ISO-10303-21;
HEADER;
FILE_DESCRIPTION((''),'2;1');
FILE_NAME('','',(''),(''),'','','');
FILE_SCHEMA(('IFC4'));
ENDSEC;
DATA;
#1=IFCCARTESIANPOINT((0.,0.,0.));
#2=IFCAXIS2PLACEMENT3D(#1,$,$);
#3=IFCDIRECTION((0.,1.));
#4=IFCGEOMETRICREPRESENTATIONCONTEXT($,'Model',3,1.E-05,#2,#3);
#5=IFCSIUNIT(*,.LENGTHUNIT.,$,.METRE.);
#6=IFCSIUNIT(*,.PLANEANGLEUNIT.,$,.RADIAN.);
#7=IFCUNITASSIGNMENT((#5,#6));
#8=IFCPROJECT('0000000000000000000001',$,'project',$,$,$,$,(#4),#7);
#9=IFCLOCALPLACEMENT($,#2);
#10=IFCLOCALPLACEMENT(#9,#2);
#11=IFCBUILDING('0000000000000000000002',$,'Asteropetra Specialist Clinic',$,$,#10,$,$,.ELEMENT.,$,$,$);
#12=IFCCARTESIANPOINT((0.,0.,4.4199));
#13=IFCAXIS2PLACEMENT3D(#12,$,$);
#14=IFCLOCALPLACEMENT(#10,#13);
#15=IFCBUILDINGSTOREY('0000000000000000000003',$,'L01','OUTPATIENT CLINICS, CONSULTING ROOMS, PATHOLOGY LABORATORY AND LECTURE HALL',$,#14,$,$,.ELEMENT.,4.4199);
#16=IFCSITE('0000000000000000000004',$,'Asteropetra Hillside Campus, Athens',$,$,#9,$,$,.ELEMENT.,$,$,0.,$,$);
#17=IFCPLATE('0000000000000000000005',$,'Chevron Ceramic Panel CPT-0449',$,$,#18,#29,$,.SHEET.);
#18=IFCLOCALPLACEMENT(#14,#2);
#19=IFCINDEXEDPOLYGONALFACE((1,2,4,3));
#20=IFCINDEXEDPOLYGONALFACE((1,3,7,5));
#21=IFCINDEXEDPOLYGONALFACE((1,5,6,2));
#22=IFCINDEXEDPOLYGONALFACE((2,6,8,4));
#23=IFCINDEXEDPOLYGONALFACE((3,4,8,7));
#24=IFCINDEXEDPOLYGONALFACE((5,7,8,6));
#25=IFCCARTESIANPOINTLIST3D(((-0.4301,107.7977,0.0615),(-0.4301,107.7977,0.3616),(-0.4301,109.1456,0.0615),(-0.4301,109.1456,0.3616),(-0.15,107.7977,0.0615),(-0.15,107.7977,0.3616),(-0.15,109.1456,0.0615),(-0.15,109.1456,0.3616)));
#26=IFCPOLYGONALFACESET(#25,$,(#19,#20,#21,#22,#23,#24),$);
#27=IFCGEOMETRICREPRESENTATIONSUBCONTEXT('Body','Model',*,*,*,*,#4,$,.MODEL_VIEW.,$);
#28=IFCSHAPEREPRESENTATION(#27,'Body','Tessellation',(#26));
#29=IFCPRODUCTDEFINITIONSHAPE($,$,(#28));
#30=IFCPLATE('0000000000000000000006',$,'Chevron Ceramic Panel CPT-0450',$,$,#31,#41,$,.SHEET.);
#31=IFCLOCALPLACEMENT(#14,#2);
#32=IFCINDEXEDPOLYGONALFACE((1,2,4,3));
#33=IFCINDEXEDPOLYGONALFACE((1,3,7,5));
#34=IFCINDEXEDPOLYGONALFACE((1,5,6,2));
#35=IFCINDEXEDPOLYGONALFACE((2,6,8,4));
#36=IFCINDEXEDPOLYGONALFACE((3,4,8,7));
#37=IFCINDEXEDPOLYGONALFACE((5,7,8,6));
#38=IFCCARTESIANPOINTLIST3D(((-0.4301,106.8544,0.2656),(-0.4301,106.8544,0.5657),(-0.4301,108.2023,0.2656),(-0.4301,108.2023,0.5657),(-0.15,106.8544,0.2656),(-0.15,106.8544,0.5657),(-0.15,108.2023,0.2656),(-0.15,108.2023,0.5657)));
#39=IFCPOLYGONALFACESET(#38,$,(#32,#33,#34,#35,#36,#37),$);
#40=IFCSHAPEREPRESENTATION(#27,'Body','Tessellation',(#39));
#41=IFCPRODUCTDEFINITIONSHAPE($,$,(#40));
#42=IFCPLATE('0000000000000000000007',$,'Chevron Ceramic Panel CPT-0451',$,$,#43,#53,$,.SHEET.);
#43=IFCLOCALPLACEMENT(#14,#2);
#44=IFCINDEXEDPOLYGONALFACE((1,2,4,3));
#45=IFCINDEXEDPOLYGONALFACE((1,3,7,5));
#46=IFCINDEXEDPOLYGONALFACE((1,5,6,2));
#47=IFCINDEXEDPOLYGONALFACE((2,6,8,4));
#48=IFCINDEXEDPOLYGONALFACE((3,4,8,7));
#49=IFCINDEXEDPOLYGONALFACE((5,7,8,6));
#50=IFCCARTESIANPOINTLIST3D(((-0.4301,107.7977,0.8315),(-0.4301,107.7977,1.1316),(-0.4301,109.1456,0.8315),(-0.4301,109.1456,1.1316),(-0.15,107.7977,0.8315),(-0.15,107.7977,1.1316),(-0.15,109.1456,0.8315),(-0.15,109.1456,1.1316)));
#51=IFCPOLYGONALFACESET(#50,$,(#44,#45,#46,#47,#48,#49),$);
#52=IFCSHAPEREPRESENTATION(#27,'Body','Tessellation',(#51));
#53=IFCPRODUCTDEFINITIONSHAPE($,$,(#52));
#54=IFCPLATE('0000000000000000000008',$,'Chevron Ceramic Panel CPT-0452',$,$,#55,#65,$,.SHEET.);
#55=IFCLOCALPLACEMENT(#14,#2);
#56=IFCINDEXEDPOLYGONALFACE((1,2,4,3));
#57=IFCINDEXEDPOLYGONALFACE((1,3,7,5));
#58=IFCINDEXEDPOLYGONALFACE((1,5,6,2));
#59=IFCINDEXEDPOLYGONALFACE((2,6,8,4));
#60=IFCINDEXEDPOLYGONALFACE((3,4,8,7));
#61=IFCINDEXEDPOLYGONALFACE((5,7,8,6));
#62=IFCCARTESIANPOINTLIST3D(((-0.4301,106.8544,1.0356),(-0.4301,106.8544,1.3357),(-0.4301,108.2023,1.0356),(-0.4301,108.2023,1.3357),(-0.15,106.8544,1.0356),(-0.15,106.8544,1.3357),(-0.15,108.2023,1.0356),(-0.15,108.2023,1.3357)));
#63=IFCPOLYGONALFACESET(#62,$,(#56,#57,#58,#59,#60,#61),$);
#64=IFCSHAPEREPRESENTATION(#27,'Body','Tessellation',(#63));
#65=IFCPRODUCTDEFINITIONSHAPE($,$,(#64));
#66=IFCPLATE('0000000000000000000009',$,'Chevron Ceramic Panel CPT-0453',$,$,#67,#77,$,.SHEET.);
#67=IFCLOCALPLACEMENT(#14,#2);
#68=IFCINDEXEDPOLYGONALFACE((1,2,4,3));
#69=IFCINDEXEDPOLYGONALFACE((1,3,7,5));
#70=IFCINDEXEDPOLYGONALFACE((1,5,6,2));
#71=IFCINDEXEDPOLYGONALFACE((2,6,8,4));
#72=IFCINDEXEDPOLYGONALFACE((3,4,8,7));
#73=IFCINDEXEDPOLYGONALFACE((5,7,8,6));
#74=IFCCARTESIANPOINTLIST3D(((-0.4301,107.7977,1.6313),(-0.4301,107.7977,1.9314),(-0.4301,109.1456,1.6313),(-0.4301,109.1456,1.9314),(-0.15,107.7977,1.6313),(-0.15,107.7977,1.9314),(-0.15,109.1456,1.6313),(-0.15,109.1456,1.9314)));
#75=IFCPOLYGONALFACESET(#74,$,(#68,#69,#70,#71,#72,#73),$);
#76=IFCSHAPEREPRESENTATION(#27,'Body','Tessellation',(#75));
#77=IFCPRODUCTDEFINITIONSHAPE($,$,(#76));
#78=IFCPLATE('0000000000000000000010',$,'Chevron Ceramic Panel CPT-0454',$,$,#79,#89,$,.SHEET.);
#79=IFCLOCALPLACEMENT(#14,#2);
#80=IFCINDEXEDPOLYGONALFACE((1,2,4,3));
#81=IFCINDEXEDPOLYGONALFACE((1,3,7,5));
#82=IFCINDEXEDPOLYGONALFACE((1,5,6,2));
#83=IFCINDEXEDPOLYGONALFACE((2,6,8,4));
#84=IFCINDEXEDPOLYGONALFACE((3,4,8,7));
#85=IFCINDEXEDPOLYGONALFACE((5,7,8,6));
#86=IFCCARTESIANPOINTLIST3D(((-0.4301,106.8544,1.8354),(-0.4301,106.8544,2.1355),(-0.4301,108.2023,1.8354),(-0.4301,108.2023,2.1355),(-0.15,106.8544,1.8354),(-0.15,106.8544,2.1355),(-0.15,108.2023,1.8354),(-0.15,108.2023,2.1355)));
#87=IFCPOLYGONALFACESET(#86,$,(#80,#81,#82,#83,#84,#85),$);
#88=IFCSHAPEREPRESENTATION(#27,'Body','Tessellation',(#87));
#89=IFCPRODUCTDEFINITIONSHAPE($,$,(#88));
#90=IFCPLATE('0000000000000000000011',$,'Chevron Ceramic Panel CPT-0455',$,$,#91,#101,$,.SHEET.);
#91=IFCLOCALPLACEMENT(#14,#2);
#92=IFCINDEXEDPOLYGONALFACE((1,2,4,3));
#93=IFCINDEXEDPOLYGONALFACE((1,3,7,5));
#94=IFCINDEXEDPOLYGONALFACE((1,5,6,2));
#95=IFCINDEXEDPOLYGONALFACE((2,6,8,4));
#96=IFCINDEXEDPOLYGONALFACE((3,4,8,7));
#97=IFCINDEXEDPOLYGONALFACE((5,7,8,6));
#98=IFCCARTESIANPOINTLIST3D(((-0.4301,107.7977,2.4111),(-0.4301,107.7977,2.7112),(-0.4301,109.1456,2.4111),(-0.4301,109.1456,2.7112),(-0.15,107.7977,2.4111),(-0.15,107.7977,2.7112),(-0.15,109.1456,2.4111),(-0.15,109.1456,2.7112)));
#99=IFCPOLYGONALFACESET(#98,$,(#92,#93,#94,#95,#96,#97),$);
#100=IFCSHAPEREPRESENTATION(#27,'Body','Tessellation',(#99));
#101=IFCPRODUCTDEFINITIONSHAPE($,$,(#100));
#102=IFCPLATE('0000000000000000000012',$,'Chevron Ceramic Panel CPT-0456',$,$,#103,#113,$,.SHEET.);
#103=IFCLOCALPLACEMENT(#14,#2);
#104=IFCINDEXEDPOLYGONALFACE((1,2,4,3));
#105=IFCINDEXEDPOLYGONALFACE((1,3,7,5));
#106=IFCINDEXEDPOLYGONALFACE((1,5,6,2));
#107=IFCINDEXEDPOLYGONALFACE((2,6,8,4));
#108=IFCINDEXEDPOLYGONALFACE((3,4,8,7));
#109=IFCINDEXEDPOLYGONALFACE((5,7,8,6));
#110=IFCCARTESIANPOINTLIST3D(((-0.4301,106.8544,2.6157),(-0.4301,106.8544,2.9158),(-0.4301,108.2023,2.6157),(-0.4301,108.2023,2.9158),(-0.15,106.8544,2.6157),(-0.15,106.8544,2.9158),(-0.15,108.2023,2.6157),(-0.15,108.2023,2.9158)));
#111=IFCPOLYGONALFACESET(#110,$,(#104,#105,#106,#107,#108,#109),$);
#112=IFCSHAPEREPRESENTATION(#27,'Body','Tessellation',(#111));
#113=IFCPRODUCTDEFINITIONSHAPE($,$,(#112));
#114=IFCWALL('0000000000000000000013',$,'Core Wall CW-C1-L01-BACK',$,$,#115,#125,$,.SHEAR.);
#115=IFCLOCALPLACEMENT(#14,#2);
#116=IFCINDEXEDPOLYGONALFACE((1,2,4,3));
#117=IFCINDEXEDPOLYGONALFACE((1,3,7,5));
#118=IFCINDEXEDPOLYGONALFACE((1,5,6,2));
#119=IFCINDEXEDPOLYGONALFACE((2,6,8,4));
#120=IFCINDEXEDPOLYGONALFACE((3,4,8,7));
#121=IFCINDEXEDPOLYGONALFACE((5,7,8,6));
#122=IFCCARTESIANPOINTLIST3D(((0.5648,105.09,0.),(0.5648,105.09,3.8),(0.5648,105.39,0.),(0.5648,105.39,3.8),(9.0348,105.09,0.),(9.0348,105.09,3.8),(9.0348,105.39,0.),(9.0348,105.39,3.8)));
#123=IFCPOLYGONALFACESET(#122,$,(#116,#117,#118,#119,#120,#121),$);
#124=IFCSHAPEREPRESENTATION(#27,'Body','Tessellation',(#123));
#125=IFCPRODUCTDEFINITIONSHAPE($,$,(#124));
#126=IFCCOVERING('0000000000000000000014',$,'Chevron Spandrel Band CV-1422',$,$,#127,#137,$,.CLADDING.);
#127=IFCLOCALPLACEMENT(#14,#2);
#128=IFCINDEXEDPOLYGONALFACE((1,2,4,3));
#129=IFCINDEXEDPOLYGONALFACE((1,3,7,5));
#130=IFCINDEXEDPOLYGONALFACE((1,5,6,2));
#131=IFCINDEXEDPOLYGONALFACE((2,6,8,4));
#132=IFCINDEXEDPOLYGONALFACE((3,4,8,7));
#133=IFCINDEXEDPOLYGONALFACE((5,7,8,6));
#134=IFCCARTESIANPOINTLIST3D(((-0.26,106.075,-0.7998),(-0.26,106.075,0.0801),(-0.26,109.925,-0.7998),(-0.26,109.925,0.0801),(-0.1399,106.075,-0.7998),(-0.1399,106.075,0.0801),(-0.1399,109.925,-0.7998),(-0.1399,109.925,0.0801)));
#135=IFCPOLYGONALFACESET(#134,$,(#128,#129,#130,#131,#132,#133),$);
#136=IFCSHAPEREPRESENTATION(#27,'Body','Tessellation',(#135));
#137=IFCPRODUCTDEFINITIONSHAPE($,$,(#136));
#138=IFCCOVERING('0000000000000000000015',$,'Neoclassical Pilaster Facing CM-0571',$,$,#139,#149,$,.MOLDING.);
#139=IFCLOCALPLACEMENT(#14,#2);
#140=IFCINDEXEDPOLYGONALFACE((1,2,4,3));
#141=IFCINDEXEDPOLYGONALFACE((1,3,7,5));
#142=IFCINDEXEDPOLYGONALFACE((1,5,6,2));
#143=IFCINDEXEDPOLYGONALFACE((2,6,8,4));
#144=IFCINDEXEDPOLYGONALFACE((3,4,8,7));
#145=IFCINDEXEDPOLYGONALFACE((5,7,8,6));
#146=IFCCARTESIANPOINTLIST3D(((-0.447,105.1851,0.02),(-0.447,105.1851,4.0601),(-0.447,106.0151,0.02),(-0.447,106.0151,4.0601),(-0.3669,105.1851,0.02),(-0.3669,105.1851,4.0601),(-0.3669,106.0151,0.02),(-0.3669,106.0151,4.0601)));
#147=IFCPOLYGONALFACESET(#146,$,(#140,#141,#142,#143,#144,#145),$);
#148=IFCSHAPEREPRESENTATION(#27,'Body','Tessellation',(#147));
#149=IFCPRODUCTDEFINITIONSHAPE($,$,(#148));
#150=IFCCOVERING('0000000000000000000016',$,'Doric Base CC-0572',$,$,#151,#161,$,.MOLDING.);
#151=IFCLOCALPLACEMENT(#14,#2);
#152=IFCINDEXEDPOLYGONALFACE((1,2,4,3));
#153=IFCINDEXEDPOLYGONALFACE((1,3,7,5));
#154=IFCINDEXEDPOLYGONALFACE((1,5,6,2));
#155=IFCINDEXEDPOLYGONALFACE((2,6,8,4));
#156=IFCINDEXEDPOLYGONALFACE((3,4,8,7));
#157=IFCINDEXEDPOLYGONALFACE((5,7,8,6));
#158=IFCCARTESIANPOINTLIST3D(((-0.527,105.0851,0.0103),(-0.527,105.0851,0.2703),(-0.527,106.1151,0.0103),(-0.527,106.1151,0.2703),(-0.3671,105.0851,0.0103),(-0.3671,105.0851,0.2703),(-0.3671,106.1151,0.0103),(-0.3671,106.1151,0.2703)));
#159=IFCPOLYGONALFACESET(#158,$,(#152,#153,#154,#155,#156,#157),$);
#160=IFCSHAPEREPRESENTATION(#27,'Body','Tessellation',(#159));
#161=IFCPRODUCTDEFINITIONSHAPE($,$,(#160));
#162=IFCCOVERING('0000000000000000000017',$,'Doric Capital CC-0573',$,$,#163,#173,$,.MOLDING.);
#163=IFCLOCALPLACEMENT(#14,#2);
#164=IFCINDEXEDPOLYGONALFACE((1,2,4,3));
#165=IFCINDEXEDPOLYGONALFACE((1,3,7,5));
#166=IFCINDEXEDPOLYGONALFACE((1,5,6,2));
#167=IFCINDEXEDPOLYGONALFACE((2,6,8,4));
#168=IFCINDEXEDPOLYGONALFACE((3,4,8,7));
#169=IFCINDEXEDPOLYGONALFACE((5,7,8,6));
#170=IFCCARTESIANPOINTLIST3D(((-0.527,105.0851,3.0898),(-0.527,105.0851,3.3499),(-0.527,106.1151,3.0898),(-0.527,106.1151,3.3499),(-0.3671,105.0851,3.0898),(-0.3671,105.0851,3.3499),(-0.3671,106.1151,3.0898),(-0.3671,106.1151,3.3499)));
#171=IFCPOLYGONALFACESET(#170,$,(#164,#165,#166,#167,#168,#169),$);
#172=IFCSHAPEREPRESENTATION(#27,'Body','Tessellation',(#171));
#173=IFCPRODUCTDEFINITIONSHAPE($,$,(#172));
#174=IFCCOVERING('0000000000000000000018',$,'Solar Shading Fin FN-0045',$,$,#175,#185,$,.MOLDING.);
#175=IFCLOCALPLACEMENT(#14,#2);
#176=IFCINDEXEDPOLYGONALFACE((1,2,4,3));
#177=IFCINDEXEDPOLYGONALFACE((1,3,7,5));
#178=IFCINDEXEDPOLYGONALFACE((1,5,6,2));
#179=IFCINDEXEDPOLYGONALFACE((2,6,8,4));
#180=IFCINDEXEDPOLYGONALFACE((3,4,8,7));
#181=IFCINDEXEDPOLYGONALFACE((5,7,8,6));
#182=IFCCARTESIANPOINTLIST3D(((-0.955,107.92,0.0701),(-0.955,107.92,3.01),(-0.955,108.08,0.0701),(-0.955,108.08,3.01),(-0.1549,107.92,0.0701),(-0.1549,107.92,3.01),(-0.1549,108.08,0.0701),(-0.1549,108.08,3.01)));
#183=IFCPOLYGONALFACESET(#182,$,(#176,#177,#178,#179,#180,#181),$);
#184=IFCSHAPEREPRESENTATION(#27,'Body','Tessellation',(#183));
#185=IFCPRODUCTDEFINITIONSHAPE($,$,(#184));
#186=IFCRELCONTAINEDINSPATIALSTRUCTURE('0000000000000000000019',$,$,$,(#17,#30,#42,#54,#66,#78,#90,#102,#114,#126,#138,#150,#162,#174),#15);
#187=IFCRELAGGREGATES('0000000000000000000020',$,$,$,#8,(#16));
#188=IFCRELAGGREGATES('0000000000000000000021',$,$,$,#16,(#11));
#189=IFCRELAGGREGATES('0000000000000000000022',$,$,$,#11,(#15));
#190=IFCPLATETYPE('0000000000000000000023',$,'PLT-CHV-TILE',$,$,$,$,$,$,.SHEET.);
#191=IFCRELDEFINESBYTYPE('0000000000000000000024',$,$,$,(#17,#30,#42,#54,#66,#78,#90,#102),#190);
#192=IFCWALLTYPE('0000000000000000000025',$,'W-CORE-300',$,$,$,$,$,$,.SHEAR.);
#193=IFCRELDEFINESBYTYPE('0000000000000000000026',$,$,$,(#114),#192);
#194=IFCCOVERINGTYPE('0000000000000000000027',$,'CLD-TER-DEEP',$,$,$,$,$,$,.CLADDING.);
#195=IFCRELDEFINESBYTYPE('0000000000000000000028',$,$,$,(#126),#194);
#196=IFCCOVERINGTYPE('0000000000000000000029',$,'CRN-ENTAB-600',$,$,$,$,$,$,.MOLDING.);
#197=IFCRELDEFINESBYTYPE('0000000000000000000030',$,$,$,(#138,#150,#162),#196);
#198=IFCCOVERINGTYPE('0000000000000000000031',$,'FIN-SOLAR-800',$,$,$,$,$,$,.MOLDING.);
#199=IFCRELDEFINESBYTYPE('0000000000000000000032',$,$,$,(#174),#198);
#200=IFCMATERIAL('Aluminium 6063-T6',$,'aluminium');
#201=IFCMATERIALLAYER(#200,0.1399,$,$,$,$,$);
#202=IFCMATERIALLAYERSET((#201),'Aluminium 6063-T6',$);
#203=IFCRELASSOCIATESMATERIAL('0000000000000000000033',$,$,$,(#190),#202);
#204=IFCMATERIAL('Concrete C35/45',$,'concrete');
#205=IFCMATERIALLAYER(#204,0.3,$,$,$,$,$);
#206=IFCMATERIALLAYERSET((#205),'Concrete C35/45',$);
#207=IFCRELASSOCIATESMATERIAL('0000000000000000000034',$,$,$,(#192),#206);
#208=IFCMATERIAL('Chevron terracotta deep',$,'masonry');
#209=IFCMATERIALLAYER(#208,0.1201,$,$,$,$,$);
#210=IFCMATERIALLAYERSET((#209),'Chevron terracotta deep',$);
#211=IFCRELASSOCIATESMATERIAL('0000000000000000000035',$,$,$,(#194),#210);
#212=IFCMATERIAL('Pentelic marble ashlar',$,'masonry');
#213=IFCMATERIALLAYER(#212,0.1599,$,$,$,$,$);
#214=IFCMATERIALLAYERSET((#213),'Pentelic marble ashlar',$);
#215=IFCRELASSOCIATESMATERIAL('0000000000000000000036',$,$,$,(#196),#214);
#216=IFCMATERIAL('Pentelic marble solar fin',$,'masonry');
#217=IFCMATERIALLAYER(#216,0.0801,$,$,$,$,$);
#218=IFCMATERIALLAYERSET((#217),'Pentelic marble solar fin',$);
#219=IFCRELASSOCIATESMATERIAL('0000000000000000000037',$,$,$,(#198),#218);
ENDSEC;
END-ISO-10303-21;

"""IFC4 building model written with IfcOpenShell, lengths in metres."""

from ifc_helpers import new_model, si_unit, direction, frame, frame_2d, origin, origin_2d, place, context, subcontext, project, spatial, rectangle, extrude, material, layer, layer_set, type_object, element, save


model = new_model("IFC4")

# Units and contexts
model_context = context("Model", 3, precision=1e-05, world=origin(), true_north=direction((0.0, 1.0)))
body_context = subcontext(model_context, "Body", "Model", "MODEL_VIEW")
ifc_project = project(units=[si_unit("LENGTHUNIT", "METRE"), si_unit("PLANEANGLEUNIT", "RADIAN")], contexts=[model_context])

# Site, building, storey
site_placement = place(None, origin())
site = spatial("IfcSite", under=ifc_project, at=site_placement, Name="Asteropetra Hillside Campus, Athens", CompositionType="ELEMENT", RefElevation=0.0)
building_placement = place(site_placement, origin())
building = spatial("IfcBuilding", under=site, at=building_placement, Name="Asteropetra Specialist Clinic", CompositionType="ELEMENT")
storey_placement = place(building_placement, frame((0.0, 0.0, 4.4199)))
storey = spatial("IfcBuildingStorey", under=building, at=storey_placement, Name="L01", Description="OUTPATIENT CLINICS, CONSULTING ROOMS, PATHOLOGY LABORATORY AND LECTURE HALL", CompositionType="ELEMENT", Elevation=4.4199)

# Plates
ifc_material_1 = material(Name="Aluminium 6063-T6", Category="aluminium")
ifc_layer_1 = layer(ifc_material_1, 0.1399)
ifc_layer_set_1 = layer_set([ifc_layer_1], Name="Aluminium 6063-T6")
plate_type_1 = type_object("IfcPlateType", Name="PLT-CHV-TILE", PredefinedType="SHEET", material=ifc_layer_set_1)
for number, where, z_axis, x_axis, name in (
    (1, (-0.29, 108.4717, 0.0615), (0.0, 0.0, 1.0), (1.0, 0.0, 0.0), "Chevron Ceramic Panel CPT-0449"),
    (2, (-0.29, 107.5283, 0.2656), (0.0, 0.0, 1.0), (1.0, 0.0, 0.0), "Chevron Ceramic Panel CPT-0450"),
    (3, (-0.29, 108.4717, 0.8315), (0.0, 0.0, 1.0), (1.0, 0.0, 0.0), "Chevron Ceramic Panel CPT-0451"),
    (4, (-0.29, 107.5283, 1.0356), (0.0, 0.0, 1.0), (1.0, 0.0, 0.0), "Chevron Ceramic Panel CPT-0452"),
    (5, (-0.29, 108.4717, 1.6313), (0.0, 0.0, 1.0), (1.0, 0.0, 0.0), "Chevron Ceramic Panel CPT-0453"),
    (6, (-0.29, 107.5283, 1.8354), (0.0, 0.0, 1.0), (1.0, 0.0, 0.0), "Chevron Ceramic Panel CPT-0454"),
    (7, (-0.29, 108.4717, 2.4111), (0.0, 0.0, 1.0), (1.0, 0.0, 0.0), "Chevron Ceramic Panel CPT-0455"),
    (8, (-0.29, 107.5283, 2.6157), (0.0, 0.0, 1.0), (1.0, 0.0, 0.0), "Chevron Ceramic Panel CPT-0456"),
):
    element("IfcPlate", number, at=place(storey_placement, frame(where, z_axis=z_axis, x_axis=x_axis)), inside=storey, type_object=plate_type_1, Name=name, PredefinedType="SHEET", context=body_context, shape_type="SweptSolid", body=[
        extrude(rectangle(XDim=0.28, YDim=1.3479, at=origin_2d()), origin(), (0.0, 0.0, 1.0), 0.3),
    ])

# Wall
ifc_material_2 = material(Name="Concrete C35/45", Category="concrete")
ifc_layer_2 = layer(ifc_material_2, 0.3)
ifc_layer_set_2 = layer_set([ifc_layer_2], Name="Concrete C35/45")
wall_type = type_object("IfcWallType", Name="W-CORE-300", PredefinedType="SHEAR", material=ifc_layer_set_2)
wall_placement = place(storey_placement, frame((0.5649, 105.24, 0.0), z_axis=(0.0, 0.0, 1.0), x_axis=(1.0, 0.0, 0.0)))
element("IfcWall", 9, at=wall_placement, inside=storey, type_object=wall_type, Name="Core Wall CW-C1-L01-BACK", PredefinedType="SHEAR", context=body_context, shape_type="SweptSolid", body=[
    extrude(rectangle(XDim=8.47, YDim=0.3, at=frame_2d((4.2349, 0.0))), origin(), (0.0, 0.0, 1.0), 3.8),
])

# Coverings
ifc_material_3 = material(Name="Chevron terracotta deep", Category="masonry")
ifc_layer_3 = layer(ifc_material_3, 0.1201)
ifc_layer_set_3 = layer_set([ifc_layer_3], Name="Chevron terracotta deep")
covering_type_1 = type_object("IfcCoveringType", Name="CLD-TER-DEEP", PredefinedType="CLADDING", material=ifc_layer_set_3)
covering_1_placement = place(storey_placement, frame((-0.2, 108.0, -0.7998), z_axis=(0.0, 0.0, 1.0), x_axis=(1.0, 0.0, 0.0)))
element("IfcCovering", 10, at=covering_1_placement, inside=storey, type_object=covering_type_1, Name="Chevron Spandrel Band CV-1422", PredefinedType="CLADDING", context=body_context, shape_type="SweptSolid", body=[
    extrude(rectangle(XDim=0.1201, YDim=3.8501, at=origin_2d()), origin(), (0.0, 0.0, 1.0), 0.8799),
])
ifc_material_4 = material(Name="Pentelic marble ashlar", Category="masonry")
ifc_layer_4 = layer(ifc_material_4, 0.1599)
ifc_layer_set_4 = layer_set([ifc_layer_4], Name="Pentelic marble ashlar")
covering_type_2 = type_object("IfcCoveringType", Name="CRN-ENTAB-600", PredefinedType="MOLDING", material=ifc_layer_set_4)
covering_2_placement = place(storey_placement, frame((-0.407, 105.6001, 0.02), z_axis=(0.0, 0.0, 1.0), x_axis=(1.0, 0.0, 0.0)))
element("IfcCovering", 11, at=covering_2_placement, inside=storey, type_object=covering_type_2, Name="Neoclassical Pilaster Facing CM-0571", PredefinedType="MOLDING", context=body_context, shape_type="SweptSolid", body=[
    extrude(rectangle(XDim=0.0801, YDim=0.8301, at=origin_2d()), origin(), (0.0, 0.0, 1.0), 4.04),
])
for number, where, z_axis, x_axis, name in (
    (12, (-0.447, 105.6001, 0.0103), (0.0, 0.0, 1.0), (1.0, 0.0, 0.0), "Doric Base CC-0572"),
    (13, (-0.447, 105.6001, 3.0898), (0.0, 0.0, 1.0), (1.0, 0.0, 0.0), "Doric Capital CC-0573"),
):
    element("IfcCovering", number, at=place(storey_placement, frame(where, z_axis=z_axis, x_axis=x_axis)), inside=storey, type_object=covering_type_2, Name=name, PredefinedType="MOLDING", context=body_context, shape_type="SweptSolid", body=[
        extrude(rectangle(XDim=0.1599, YDim=1.03, at=origin_2d()), origin(), (0.0, 0.0, 1.0), 0.26),
    ])
ifc_material_5 = material(Name="Pentelic marble solar fin", Category="masonry")
ifc_layer_5 = layer(ifc_material_5, 0.0801)
ifc_layer_set_5 = layer_set([ifc_layer_5], Name="Pentelic marble solar fin")
covering_type_3 = type_object("IfcCoveringType", Name="FIN-SOLAR-800", PredefinedType="MOLDING", material=ifc_layer_set_5)
covering_3_placement = place(storey_placement, frame((-0.5549, 108.0, 0.0701), z_axis=(0.0, 0.0, 1.0), x_axis=(1.0, 0.0, 0.0)))
element("IfcCovering", 14, at=covering_3_placement, inside=storey, type_object=covering_type_3, Name="Solar Shading Fin FN-0045", PredefinedType="MOLDING", context=body_context, shape_type="SweptSolid", body=[
    extrude(rectangle(XDim=0.8, YDim=0.1599, at=origin_2d()), origin(), (0.0, 0.0, 1.0), 2.9399),
])

save(model, "model.ifc")
